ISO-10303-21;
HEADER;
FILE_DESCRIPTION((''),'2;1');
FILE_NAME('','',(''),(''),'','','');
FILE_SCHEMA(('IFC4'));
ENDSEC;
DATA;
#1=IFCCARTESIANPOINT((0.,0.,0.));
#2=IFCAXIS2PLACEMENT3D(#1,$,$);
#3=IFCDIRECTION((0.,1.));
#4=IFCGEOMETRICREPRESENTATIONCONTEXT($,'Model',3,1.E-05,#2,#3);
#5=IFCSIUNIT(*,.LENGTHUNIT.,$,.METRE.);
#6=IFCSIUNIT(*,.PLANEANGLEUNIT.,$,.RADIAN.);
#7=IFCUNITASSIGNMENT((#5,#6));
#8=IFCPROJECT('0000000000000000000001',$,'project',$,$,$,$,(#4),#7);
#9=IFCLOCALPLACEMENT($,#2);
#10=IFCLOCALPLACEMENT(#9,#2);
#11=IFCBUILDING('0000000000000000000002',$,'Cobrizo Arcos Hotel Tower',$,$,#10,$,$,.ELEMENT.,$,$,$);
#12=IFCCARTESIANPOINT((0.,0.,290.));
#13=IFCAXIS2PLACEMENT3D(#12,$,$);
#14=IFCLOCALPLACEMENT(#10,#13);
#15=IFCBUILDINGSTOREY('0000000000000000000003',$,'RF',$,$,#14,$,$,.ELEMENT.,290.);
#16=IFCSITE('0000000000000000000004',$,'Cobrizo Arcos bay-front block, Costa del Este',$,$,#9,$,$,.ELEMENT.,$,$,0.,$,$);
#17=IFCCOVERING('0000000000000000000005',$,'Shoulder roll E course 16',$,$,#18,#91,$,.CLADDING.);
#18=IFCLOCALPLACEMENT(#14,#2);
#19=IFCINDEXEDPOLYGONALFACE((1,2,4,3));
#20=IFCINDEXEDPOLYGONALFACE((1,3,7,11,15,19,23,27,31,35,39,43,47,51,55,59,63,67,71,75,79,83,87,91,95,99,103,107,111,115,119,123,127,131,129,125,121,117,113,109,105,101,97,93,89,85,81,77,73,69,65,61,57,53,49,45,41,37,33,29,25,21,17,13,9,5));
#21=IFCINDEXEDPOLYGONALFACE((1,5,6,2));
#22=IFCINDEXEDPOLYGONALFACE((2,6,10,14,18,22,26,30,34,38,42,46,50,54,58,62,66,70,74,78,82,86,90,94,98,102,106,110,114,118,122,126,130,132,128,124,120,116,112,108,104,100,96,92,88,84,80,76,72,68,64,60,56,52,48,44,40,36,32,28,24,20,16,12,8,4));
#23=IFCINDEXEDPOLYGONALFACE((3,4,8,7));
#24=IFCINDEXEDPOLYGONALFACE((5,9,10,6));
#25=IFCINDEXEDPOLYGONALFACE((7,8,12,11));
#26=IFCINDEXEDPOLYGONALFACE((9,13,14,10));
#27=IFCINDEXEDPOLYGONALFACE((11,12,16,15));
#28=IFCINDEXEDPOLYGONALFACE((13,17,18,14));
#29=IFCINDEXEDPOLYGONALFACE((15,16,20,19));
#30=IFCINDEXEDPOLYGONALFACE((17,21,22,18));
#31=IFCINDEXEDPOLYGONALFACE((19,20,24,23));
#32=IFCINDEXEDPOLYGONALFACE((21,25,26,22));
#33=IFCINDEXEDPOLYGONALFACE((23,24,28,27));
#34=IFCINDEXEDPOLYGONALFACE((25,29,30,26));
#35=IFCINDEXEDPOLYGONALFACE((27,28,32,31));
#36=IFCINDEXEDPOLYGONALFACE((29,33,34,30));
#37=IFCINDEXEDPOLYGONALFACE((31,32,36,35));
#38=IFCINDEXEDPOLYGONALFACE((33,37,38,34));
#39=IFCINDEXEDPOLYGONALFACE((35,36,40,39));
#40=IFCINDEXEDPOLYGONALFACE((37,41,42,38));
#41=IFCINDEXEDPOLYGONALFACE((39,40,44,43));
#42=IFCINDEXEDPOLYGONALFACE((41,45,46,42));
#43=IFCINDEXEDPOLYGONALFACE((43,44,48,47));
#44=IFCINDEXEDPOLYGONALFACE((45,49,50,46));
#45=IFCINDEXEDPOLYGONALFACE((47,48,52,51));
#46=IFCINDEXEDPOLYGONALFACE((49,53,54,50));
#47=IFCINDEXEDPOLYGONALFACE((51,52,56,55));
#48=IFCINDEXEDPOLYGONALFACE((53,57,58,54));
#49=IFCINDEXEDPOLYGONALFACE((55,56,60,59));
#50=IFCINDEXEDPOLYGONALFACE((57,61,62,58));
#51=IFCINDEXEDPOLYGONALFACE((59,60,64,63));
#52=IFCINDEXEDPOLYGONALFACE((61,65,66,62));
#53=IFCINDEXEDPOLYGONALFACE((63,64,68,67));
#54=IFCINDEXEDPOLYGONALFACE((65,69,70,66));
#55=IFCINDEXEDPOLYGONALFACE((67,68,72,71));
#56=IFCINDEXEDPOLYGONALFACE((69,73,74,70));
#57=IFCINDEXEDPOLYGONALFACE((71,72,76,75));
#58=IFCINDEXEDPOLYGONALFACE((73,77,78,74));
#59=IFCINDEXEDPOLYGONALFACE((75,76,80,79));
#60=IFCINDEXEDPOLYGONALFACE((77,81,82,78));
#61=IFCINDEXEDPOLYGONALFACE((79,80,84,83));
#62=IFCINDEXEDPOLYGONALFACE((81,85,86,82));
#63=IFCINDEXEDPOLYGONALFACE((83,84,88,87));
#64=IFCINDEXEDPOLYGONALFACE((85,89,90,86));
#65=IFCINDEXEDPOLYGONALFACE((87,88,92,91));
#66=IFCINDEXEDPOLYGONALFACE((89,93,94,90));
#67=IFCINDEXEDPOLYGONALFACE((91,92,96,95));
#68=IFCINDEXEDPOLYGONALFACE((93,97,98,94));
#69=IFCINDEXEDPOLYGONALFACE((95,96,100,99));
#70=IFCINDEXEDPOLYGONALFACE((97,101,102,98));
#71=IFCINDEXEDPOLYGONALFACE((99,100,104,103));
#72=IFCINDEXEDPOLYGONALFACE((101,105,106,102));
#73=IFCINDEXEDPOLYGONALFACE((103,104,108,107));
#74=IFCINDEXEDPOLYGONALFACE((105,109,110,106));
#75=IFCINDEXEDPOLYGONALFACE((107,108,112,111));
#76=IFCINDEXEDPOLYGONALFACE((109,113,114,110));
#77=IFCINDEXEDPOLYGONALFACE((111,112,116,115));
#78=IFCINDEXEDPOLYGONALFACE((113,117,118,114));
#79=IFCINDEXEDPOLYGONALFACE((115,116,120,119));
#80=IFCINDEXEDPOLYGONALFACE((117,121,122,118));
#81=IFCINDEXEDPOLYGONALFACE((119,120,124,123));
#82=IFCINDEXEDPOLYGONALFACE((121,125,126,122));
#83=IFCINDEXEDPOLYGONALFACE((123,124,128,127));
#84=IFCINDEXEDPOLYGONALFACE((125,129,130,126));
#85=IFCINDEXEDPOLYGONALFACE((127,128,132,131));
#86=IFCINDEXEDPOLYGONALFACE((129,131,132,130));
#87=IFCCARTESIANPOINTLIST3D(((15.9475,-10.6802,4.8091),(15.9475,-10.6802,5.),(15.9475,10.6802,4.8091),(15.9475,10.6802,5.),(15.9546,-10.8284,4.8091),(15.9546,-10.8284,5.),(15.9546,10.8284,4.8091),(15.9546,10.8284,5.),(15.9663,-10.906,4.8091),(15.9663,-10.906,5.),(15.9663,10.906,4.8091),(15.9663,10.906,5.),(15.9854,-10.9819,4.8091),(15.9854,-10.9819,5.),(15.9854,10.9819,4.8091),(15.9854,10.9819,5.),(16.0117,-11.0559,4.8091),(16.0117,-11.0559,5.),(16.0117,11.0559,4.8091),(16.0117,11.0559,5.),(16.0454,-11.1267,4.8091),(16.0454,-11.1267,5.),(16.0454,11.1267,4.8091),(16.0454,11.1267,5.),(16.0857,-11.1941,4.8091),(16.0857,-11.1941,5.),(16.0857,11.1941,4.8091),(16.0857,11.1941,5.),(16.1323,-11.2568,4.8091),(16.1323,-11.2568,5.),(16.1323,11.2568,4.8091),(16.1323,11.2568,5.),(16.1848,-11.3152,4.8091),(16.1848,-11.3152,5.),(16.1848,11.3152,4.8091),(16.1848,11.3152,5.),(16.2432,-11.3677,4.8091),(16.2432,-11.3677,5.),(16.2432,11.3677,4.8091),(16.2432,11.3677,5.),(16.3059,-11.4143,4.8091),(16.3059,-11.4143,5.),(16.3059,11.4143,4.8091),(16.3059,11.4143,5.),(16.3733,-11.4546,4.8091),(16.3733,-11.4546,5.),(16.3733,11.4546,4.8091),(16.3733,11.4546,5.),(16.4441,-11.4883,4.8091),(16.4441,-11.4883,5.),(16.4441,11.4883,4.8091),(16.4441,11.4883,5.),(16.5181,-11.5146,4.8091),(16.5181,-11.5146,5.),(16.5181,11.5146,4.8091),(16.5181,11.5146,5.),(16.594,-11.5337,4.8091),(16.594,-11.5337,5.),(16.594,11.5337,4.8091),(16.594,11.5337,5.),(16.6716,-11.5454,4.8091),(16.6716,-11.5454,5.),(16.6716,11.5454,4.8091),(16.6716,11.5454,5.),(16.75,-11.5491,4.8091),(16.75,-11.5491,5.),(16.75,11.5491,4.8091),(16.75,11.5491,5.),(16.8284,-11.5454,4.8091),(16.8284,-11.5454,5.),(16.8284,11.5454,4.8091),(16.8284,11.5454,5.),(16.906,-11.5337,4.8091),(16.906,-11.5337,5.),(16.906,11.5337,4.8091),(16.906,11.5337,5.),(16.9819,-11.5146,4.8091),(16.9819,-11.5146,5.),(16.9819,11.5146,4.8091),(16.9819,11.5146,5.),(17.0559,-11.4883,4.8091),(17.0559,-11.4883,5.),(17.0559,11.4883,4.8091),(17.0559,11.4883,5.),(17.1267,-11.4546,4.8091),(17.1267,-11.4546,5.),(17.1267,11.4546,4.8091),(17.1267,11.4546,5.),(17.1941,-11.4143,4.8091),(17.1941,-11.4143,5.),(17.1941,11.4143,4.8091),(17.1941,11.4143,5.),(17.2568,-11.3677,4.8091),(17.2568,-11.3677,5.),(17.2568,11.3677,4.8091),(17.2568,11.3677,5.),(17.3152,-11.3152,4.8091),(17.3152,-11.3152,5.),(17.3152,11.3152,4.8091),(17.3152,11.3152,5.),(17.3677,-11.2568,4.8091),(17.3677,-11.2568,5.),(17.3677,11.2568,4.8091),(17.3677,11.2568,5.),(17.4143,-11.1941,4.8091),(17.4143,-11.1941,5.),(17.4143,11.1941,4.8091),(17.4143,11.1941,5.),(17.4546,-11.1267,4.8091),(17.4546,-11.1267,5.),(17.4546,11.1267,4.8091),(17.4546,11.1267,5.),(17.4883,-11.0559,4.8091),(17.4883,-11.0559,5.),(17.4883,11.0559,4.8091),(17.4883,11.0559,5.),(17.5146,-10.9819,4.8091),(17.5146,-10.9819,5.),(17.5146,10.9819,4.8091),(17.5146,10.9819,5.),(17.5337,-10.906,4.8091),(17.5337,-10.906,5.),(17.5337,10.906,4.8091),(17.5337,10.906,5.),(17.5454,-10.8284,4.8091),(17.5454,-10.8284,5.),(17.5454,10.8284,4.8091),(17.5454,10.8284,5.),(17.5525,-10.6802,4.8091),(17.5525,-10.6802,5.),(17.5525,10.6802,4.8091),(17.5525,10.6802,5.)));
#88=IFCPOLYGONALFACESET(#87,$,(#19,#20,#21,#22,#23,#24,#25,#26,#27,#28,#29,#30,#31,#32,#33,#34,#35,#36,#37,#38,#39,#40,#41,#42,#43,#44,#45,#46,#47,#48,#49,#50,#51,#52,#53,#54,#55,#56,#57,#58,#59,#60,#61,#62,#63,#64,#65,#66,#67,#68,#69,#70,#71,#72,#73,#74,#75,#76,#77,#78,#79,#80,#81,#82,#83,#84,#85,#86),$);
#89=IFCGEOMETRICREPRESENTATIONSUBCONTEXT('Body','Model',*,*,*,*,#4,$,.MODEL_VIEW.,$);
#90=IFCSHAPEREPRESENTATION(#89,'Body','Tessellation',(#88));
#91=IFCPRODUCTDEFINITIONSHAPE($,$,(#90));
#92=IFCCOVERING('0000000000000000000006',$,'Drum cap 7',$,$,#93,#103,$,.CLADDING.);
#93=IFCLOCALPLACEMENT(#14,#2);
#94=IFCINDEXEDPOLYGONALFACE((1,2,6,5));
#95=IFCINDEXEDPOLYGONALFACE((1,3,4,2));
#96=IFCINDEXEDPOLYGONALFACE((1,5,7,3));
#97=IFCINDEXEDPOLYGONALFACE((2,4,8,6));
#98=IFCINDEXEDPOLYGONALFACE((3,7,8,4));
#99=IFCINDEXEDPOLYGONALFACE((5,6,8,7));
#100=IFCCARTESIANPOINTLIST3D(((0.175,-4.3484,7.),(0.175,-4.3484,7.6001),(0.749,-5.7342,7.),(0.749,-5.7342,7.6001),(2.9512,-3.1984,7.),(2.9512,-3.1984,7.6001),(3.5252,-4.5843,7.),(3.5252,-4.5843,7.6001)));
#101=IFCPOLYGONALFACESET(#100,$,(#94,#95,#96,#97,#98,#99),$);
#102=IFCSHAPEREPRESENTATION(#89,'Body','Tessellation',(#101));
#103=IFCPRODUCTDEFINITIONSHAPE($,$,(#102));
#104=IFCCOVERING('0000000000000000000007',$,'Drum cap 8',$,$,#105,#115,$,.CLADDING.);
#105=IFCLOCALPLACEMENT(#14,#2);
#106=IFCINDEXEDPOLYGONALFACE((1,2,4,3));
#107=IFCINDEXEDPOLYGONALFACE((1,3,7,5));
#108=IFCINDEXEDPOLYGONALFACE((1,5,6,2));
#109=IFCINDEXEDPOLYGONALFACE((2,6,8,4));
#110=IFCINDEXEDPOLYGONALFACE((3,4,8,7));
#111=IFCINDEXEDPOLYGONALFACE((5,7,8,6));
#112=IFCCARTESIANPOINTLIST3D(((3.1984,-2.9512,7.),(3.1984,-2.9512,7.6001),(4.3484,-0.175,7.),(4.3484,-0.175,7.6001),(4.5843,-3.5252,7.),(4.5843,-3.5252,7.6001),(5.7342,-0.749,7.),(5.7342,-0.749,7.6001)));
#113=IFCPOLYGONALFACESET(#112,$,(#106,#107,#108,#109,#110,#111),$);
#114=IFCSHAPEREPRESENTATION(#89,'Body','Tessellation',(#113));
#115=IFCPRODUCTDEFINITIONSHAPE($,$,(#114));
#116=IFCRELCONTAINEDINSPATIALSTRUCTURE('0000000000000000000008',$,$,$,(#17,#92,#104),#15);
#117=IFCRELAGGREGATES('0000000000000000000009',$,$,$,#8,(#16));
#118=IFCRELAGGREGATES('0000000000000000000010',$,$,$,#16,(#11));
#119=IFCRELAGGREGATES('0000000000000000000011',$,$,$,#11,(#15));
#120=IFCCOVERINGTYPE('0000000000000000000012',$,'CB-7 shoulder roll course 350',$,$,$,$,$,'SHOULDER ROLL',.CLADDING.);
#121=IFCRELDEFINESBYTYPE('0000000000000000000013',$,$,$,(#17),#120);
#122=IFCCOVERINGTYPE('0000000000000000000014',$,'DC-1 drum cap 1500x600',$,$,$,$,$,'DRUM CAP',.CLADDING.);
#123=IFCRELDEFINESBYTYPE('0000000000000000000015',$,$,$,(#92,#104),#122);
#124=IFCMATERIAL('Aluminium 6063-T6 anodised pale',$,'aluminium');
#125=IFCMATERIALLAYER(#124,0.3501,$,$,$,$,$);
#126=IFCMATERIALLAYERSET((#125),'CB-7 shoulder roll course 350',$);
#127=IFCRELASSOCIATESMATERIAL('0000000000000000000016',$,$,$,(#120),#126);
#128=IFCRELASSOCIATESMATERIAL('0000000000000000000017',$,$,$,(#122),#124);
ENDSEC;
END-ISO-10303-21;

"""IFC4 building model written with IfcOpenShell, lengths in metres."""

from ifc_helpers import new_model, si_unit, direction, frame, origin, origin_2d, place, context, subcontext, project, spatial, polyline, rectangle, outline, extrude, material, layer, layer_set, type_object, element, save


model = new_model("IFC4")

# Units and contexts
model_context = context("Model", 3, precision=1e-05, world=origin(), true_north=direction((0.0, 1.0)))
body_context = subcontext(model_context, "Body", "Model", "MODEL_VIEW")
ifc_project = project(units=[si_unit("LENGTHUNIT", "METRE"), si_unit("PLANEANGLEUNIT", "RADIAN")], contexts=[model_context])

# Site, building, storey
site_placement = place(None, origin())
site = spatial("IfcSite", under=ifc_project, at=site_placement, Name="Cobrizo Arcos bay-front block, Costa del Este", CompositionType="ELEMENT", RefElevation=0.0)
building_placement = place(site_placement, origin())
building = spatial("IfcBuilding", under=site, at=building_placement, Name="Cobrizo Arcos Hotel Tower", CompositionType="ELEMENT")
storey_placement = place(building_placement, frame((0.0, 0.0, 290.0)))
storey = spatial("IfcBuildingStorey", under=building, at=storey_placement, Name="RF", CompositionType="ELEMENT", Elevation=290.0)

# Coverings
ifc_material_1 = material(Name="Aluminium 6063-T6 anodised pale", Category="aluminium")
ifc_layer_1 = layer(ifc_material_1, 0.3501)
ifc_layer_set_1 = layer_set([ifc_layer_1], Name="CB-7 shoulder roll course 350")
covering_type_1 = type_object("IfcCoveringType", Name="CB-7 shoulder roll course 350", ElementType="SHOULDER ROLL", PredefinedType="CLADDING", material=ifc_layer_set_1)
covering_1_placement = place(storey_placement, frame((0.0, 0.0, 4.8091)))
element("IfcCovering", 1, at=covering_1_placement, inside=storey, type_object=covering_type_1, Name="Shoulder roll E course 16", PredefinedType="CLADDING", context=body_context, shape_type="SweptSolid", body=[
    extrude(outline(polyline([(15.9475, 10.6802), (15.9546, 10.8284), (15.9663, 10.906), (15.9854, 10.9819), (16.0117, 11.0559), (16.0454, 11.1267), (16.0857, 11.1941), (16.1323, 11.2568), (16.1848, 11.3152), (16.2432, 11.3677), (16.3059, 11.4143), (16.3733, 11.4546), (16.4441, 11.4883), (16.5181, 11.5146), (16.594, 11.5337), (16.6716, 11.5454), (16.75, 11.5491), (16.8284, 11.5454), (16.906, 11.5337), (16.9819, 11.5146), (17.0559, 11.4883), (17.1267, 11.4546), (17.1941, 11.4143), (17.2568, 11.3677), (17.3152, 11.3152), (17.3677, 11.2568), (17.4143, 11.1941), (17.4546, 11.1267), (17.4883, 11.0559), (17.5146, 10.9819), (17.5337, 10.906), (17.5454, 10.8284), (17.5525, 10.6802), (17.5525, -10.6802), (17.5454, -10.8284), (17.5337, -10.906), (17.5146, -10.9819), (17.4883, -11.0559), (17.4546, -11.1267), (17.4143, -11.1941), (17.3677, -11.2568), (17.3152, -11.3152), (17.2568, -11.3677), (17.1941, -11.4143), (17.1267, -11.4546), (17.0559, -11.4883), (16.9819, -11.5146), (16.906, -11.5337), (16.8284, -11.5454), (16.75, -11.5491), (16.6716, -11.5454), (16.594, -11.5337), (16.5181, -11.5146), (16.4441, -11.4883), (16.3733, -11.4546), (16.3059, -11.4143), (16.2432, -11.3677), (16.1848, -11.3152), (16.1323, -11.2568), (16.0857, -11.1941), (16.0454, -11.1267), (16.0117, -11.0559), (15.9854, -10.9819), (15.9663, -10.906), (15.9546, -10.8284), (15.9475, -10.6802), (15.9475, 10.6802)])), origin(), (0.0, 0.0, 1.0), 0.1909),
])
covering_type_2 = type_object("IfcCoveringType", Name="DC-1 drum cap 1500x600", ElementType="DRUM CAP", PredefinedType="CLADDING", material=ifc_material_1)
for number, where, z_axis, x_axis, name in (
    (2, (1.8501, -4.4663, 7.0), (0.0, 0.0, 1.0), (0.92388, 0.382683, 0.0), "Drum cap 7"),
    (3, (4.4663, -1.8501, 7.0), (0.0, 0.0, 1.0), (0.382683, 0.92388, 0.0), "Drum cap 8"),
):
    element("IfcCovering", number, at=place(storey_placement, frame(where, z_axis=z_axis, x_axis=x_axis)), inside=storey, type_object=covering_type_2, Name=name, PredefinedType="CLADDING", context=body_context, shape_type="SweptSolid", body=[
        extrude(rectangle(XDim=3.0049, YDim=1.5, at=origin_2d()), origin(), (0.0, 0.0, 1.0), 0.6001),
    ])

save(model, "model.ifc")
